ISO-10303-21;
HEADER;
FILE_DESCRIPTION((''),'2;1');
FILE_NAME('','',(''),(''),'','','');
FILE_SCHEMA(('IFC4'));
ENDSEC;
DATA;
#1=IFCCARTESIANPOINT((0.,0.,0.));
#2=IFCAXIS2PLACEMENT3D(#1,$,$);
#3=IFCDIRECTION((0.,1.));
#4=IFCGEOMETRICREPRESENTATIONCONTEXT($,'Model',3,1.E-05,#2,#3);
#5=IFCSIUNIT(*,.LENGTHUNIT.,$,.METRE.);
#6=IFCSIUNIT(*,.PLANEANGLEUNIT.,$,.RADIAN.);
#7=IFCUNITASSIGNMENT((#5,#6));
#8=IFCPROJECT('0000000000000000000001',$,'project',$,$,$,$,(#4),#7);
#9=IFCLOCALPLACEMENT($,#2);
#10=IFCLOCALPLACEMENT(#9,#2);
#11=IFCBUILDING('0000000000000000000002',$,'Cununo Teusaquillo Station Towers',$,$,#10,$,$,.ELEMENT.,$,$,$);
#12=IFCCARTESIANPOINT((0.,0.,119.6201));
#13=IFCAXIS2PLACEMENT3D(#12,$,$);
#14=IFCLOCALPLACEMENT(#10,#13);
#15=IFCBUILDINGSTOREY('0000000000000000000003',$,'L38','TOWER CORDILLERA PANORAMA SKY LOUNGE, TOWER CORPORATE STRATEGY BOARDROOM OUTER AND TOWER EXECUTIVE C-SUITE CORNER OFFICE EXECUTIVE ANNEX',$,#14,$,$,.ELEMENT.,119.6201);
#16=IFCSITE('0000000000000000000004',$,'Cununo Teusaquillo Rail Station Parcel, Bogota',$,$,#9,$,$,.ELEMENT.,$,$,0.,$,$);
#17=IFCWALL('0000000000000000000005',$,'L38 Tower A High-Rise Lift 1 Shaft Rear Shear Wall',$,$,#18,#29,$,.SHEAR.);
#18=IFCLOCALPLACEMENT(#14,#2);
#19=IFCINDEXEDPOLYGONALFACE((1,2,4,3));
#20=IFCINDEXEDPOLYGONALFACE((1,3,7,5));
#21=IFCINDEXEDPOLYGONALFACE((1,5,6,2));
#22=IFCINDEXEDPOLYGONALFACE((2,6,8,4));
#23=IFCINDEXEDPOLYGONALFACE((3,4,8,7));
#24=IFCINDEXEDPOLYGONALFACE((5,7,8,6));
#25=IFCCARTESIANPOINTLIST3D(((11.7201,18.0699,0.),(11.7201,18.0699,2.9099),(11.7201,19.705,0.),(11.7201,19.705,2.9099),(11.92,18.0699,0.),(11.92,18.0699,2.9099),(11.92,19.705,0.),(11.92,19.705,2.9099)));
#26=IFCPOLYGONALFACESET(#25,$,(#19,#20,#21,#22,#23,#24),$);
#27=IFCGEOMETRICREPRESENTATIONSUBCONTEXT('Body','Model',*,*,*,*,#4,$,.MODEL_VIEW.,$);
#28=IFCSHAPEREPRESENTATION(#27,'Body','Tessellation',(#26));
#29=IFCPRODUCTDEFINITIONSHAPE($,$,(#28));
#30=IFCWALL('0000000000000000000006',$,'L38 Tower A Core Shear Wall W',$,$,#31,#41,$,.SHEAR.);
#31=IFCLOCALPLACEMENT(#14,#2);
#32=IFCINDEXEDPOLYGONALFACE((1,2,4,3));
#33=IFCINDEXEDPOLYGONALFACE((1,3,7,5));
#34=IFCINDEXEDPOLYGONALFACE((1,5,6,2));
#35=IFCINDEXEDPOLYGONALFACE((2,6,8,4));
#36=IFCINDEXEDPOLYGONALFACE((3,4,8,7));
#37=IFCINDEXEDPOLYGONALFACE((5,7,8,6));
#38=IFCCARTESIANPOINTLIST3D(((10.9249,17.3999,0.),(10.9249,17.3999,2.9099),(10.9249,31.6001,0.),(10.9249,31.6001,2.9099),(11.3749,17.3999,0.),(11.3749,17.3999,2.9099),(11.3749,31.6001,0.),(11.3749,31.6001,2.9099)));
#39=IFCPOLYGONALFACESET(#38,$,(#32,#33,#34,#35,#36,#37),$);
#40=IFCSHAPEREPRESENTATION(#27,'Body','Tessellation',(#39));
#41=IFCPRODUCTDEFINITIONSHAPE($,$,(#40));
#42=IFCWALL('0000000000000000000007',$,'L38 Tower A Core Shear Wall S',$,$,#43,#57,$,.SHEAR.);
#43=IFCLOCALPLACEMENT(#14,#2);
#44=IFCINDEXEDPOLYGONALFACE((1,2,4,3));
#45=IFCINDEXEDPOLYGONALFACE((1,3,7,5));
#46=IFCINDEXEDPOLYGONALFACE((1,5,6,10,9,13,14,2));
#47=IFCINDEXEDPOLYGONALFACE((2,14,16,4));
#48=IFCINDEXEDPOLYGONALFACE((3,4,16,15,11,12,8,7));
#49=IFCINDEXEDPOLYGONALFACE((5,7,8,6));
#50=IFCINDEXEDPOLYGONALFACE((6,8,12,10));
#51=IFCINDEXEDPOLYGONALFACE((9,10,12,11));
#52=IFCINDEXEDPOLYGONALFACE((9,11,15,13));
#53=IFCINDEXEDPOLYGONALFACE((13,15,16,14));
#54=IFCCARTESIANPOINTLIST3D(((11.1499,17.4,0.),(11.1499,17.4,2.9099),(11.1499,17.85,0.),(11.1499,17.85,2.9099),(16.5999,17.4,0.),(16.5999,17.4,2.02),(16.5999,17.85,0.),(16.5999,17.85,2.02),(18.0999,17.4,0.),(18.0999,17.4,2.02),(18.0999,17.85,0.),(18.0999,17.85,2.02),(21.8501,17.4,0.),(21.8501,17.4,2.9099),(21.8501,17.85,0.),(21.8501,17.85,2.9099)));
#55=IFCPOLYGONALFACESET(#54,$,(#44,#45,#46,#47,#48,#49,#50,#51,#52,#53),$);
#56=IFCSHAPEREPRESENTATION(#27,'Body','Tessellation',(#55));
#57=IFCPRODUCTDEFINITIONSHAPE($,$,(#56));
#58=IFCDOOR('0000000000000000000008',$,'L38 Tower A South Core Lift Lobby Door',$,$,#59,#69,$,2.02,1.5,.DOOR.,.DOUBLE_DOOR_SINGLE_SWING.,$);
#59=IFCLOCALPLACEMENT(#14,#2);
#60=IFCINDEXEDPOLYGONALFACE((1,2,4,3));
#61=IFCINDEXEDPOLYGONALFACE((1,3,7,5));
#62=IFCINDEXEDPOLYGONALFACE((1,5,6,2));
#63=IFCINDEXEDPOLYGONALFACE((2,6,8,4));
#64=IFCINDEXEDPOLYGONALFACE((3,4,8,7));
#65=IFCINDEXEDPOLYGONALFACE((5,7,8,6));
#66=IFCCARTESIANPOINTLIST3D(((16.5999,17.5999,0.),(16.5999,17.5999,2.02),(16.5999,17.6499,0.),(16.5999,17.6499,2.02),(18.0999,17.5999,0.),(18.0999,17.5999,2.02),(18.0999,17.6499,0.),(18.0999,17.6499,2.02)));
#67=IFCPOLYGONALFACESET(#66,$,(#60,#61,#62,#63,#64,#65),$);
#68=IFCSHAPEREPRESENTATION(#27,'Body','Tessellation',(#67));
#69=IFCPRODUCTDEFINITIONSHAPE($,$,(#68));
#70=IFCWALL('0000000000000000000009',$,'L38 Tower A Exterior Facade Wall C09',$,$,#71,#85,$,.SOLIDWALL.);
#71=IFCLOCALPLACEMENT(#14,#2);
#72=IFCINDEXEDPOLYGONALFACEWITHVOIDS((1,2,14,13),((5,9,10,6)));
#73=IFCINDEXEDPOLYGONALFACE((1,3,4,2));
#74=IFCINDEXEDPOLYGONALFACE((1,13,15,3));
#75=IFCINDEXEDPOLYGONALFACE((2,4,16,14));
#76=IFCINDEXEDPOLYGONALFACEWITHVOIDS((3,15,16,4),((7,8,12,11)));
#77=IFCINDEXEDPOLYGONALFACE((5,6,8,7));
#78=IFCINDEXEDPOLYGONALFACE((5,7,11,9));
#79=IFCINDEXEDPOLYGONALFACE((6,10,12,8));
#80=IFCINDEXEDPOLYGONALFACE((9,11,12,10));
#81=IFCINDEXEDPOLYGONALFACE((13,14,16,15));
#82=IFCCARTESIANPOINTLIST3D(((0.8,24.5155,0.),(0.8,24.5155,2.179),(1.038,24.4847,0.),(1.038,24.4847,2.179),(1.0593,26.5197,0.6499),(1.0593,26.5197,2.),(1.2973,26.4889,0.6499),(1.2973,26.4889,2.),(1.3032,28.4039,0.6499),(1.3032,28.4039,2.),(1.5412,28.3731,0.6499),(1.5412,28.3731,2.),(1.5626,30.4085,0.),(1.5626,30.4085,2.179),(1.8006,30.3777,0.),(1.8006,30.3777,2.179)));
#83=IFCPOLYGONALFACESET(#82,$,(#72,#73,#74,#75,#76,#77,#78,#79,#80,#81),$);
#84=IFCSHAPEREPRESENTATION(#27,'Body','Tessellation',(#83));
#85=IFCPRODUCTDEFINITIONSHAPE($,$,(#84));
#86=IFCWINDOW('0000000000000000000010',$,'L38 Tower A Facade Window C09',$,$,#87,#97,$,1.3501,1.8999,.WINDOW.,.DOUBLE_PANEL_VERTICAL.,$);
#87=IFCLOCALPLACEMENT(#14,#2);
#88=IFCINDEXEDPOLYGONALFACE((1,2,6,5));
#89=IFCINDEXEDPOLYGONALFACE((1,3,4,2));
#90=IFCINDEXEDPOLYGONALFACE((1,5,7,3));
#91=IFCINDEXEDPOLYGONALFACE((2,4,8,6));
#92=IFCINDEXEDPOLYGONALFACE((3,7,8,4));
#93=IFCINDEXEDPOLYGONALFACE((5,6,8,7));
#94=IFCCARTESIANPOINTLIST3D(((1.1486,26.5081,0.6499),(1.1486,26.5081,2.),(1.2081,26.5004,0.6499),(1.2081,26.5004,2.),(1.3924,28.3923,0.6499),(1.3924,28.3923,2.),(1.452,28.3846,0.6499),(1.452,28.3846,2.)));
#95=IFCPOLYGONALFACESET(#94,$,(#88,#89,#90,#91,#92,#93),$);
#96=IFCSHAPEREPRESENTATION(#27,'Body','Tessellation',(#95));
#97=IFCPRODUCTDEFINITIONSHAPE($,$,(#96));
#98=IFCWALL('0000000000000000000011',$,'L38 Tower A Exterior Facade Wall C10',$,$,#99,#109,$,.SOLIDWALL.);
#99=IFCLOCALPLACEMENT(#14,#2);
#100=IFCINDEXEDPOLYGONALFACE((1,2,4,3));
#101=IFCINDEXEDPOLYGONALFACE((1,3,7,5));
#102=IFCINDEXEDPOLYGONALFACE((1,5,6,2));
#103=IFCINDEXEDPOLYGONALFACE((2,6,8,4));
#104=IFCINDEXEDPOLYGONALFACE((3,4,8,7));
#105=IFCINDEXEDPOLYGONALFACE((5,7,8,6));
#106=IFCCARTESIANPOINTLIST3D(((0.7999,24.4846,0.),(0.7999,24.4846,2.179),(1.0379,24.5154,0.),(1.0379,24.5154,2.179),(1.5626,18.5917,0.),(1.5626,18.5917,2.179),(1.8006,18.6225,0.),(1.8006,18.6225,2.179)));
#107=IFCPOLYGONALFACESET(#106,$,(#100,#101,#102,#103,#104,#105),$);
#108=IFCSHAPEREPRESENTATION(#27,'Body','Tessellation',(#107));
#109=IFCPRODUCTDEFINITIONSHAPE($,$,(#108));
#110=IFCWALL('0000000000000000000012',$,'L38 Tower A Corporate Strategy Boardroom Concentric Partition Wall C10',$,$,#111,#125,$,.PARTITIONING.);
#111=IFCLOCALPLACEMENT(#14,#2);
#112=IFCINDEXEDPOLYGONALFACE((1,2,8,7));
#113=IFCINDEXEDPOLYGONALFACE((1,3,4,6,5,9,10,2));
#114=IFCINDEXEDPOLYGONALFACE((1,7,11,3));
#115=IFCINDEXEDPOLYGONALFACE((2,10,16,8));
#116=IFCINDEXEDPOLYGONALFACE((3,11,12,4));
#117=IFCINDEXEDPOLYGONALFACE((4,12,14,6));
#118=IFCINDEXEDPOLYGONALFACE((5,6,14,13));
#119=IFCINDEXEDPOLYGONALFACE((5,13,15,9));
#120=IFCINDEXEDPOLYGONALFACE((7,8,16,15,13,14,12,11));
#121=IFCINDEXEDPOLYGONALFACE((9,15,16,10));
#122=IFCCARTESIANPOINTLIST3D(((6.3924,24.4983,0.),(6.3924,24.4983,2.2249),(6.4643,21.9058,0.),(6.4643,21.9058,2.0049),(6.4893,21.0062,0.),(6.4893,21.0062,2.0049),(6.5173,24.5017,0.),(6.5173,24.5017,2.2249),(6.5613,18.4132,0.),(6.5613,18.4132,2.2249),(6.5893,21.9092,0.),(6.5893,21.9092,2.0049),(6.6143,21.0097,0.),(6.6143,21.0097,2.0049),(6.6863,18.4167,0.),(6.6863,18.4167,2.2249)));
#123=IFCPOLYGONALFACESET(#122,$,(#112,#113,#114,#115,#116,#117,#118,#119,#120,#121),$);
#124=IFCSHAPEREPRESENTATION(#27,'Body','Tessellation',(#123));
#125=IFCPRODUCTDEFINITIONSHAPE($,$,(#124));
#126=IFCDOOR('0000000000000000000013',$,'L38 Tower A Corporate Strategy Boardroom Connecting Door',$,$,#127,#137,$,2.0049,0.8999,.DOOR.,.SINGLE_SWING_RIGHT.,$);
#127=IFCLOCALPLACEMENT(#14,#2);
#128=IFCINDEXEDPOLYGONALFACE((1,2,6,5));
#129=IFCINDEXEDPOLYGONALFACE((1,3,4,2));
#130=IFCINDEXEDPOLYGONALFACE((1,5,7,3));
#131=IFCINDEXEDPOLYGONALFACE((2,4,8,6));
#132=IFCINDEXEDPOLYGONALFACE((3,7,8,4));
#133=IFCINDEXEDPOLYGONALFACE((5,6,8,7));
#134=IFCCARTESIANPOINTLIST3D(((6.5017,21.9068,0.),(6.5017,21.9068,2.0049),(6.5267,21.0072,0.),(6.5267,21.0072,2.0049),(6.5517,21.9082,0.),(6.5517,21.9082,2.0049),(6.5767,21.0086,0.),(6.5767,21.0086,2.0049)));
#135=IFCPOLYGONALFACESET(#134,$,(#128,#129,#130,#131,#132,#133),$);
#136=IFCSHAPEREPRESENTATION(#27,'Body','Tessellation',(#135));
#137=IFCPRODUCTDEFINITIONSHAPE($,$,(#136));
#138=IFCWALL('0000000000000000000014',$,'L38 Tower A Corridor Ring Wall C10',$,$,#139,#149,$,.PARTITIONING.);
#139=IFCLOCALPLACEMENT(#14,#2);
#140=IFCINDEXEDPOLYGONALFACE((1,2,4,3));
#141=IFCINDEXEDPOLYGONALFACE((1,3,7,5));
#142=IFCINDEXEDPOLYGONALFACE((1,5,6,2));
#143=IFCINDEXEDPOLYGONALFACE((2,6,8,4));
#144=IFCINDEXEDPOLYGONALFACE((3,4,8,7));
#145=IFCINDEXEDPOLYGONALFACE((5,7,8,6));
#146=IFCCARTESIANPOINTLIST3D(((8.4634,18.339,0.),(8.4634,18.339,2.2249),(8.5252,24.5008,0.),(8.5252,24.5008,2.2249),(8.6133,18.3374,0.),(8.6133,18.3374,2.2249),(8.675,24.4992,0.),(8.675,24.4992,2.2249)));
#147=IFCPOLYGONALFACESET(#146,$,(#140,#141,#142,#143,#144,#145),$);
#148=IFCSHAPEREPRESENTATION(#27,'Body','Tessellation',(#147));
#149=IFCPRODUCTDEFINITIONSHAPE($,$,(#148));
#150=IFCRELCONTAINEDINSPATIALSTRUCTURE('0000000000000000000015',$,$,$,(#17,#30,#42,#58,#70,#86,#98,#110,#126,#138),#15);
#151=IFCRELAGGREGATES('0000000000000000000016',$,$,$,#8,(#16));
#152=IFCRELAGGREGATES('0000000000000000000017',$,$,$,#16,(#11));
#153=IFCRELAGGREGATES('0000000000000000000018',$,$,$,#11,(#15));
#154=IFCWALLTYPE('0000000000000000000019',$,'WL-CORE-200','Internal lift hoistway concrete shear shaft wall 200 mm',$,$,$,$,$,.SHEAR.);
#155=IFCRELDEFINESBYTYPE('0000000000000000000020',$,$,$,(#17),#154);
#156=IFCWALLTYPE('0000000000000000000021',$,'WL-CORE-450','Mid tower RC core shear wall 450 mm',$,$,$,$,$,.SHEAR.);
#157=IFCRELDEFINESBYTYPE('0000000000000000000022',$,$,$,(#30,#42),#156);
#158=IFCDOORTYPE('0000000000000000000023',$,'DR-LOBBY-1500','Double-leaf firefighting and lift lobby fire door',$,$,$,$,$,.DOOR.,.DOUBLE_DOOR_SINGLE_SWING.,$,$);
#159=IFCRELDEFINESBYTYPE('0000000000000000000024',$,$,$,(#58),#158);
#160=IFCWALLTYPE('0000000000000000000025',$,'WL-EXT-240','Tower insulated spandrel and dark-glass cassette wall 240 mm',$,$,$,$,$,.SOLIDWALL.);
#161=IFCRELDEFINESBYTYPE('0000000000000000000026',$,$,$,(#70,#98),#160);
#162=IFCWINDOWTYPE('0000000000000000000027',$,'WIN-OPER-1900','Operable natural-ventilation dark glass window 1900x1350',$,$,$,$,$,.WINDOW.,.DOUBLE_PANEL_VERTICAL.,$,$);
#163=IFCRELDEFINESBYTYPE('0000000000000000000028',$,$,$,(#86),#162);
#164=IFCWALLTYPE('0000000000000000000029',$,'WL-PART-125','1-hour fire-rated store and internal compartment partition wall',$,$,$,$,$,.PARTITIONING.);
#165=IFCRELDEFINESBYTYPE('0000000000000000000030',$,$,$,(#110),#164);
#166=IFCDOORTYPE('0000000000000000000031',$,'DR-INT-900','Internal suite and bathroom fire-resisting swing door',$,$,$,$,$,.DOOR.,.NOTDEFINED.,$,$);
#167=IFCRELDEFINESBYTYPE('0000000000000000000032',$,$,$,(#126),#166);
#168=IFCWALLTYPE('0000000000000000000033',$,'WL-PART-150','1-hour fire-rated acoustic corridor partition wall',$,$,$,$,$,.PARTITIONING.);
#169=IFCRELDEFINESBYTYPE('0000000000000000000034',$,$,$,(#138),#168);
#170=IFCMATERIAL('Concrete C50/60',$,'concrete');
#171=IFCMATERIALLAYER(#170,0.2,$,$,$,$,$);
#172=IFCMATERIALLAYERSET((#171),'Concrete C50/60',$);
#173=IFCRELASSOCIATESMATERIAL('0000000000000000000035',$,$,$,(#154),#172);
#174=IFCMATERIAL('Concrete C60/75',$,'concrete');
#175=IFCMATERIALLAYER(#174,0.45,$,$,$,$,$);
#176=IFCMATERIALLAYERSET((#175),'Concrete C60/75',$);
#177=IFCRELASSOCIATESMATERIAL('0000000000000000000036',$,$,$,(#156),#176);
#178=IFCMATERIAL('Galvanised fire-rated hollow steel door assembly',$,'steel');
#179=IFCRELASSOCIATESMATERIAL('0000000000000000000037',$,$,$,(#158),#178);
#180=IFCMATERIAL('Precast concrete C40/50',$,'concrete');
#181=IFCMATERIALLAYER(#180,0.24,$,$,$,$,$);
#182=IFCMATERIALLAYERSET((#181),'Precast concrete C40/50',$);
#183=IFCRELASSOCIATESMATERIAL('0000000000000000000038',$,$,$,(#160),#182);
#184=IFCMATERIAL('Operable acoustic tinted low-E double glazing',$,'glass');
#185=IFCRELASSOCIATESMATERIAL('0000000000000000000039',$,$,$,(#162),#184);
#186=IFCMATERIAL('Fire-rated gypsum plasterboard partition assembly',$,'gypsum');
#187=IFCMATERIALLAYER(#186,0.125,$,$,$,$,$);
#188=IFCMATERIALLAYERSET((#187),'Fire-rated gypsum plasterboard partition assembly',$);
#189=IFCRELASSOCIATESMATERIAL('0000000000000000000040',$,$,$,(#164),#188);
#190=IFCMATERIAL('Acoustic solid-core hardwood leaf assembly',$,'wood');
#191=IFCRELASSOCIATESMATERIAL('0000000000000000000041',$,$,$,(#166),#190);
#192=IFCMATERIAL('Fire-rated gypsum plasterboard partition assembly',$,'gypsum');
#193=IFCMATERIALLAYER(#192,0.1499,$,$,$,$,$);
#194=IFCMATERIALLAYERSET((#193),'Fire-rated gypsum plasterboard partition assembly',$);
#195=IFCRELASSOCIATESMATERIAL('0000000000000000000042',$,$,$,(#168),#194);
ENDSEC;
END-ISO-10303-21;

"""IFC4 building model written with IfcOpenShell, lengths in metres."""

from ifc_helpers import new_model, si_unit, direction, frame, frame_2d, origin, place, context, subcontext, project, spatial, rectangle, extrude, source, transform, mapped, material, layer, layer_set, type_object, element, fill, save


model = new_model("IFC4")

# Units and contexts
model_context = context("Model", 3, precision=1e-05, world=origin(), true_north=direction((0.0, 1.0)))
body_context = subcontext(model_context, "Body", "Model", "MODEL_VIEW")
ifc_project = project(units=[si_unit("LENGTHUNIT", "METRE"), si_unit("PLANEANGLEUNIT", "RADIAN")], contexts=[model_context])

# Site, building, storey
site_placement = place(None, origin())
site = spatial("IfcSite", under=ifc_project, at=site_placement, Name="Cununo Teusaquillo Rail Station Parcel, Bogota", CompositionType="ELEMENT", RefElevation=0.0)
building_placement = place(site_placement, origin())
building = spatial("IfcBuilding", under=site, at=building_placement, Name="Cununo Teusaquillo Station Towers", CompositionType="ELEMENT")
storey_placement = place(building_placement, frame((0.0, 0.0, 119.6201)))
storey = spatial("IfcBuildingStorey", under=building, at=storey_placement, Name="L38", Description="TOWER CORDILLERA PANORAMA SKY LOUNGE, TOWER CORPORATE STRATEGY BOARDROOM OUTER AND TOWER EXECUTIVE C-SUITE CORNER OFFICE EXECUTIVE ANNEX", CompositionType="ELEMENT", Elevation=119.6201)

# Walls
ifc_material_1 = material(Name="Concrete C50/60", Category="concrete")
ifc_layer_1 = layer(ifc_material_1, 0.2)
ifc_layer_set_1 = layer_set([ifc_layer_1], Name="Concrete C50/60")
wall_type_1 = type_object("IfcWallType", Name="WL-CORE-200", Description="Internal lift hoistway concrete shear shaft wall 200 mm", PredefinedType="SHEAR", material=ifc_layer_set_1)
wall_1_placement = place(storey_placement, frame((11.8201, 18.0701, 0.0), z_axis=(0.0, 0.0, 1.0), x_axis=(0.0, 1.0, 0.0)))
element("IfcWall", 1, at=wall_1_placement, inside=storey, type_object=wall_type_1, Name="L38 Tower A High-Rise Lift 1 Shaft Rear Shear Wall", PredefinedType="SHEAR", context=body_context, shape_type="SweptSolid", body=[
    extrude(rectangle(XDim=1.635, YDim=0.2, at=frame_2d((0.8174, 0.0))), origin(), (0.0, 0.0, 1.0), 2.9099),
])
ifc_material_2 = material(Name="Concrete C60/75", Category="concrete")
ifc_layer_2 = layer(ifc_material_2, 0.45)
ifc_layer_set_2 = layer_set([ifc_layer_2], Name="Concrete C60/75")
wall_type_2 = type_object("IfcWallType", Name="WL-CORE-450", Description="Mid tower RC core shear wall 450 mm", PredefinedType="SHEAR", material=ifc_layer_set_2)
wall_2_placement = place(storey_placement, frame((11.1499, 17.3999, 0.0), z_axis=(0.0, 0.0, 1.0), x_axis=(0.0, 1.0, 0.0)))
element("IfcWall", 2, at=wall_2_placement, inside=storey, type_object=wall_type_2, Name="L38 Tower A Core Shear Wall W", PredefinedType="SHEAR", context=body_context, shape_type="SweptSolid", body=[
    extrude(rectangle(XDim=14.2002, YDim=0.45, at=frame_2d((7.1001, 0.0))), origin(), (0.0, 0.0, 1.0), 2.9099),
])

# Wall, opening, door
wall_3_placement = place(storey_placement, frame((11.1499, 17.625, 0.0), z_axis=(0.0, 0.0, 1.0), x_axis=(1.0, 0.0, 0.0)))
wall_3 = element("IfcWall", 3, at=wall_3_placement, inside=storey, type_object=wall_type_2, Name="L38 Tower A Core Shear Wall S", PredefinedType="SHEAR", context=body_context, shape_type="SweptSolid", body=[
    extrude(rectangle(XDim=10.7002, YDim=0.45, at=frame_2d((5.3501, 0.0))), origin(), (0.0, 0.0, 1.0), 2.9099),
])
shared_shape_1 = source(origin(), body_context, "Body", "SweptSolid", [
    extrude(rectangle(XDim=1.5, YDim=2.02, at=frame_2d((0.75, 1.01))), frame((0.0, 0.2349, 0.0), z_axis=(0.0, -1.0, 0.0), x_axis=(1.0, 0.0, 0.0)), (0.0, 0.0, 1.0), 0.47),
])
opening_1_placement = place(wall_3_placement, frame((5.45, 0.0, 0.0)))
opening_1 = element("IfcOpeningElement", 4, at=opening_1_placement, cuts=wall_3, PredefinedType="OPENING", context=body_context, shape_type="MappedRepresentation", body=[
    mapped(shared_shape_1, transform((0.0, 0.0, 0.0), x_axis=(1.0, 0.0, 0.0), y_axis=(0.0, 1.0, 0.0), z_axis=(0.0, 0.0, 1.0), scale=1.0)),
])
ifc_material_3 = material(Name="Galvanised fire-rated hollow steel door assembly", Category="steel")
door_type_1 = type_object("IfcDoorType", Name="DR-LOBBY-1500", Description="Double-leaf firefighting and lift lobby fire door", OperationType="DOUBLE_DOOR_SINGLE_SWING", PredefinedType="DOOR", material=ifc_material_3)
shared_shape_2 = source(origin(), body_context, "Body", "SweptSolid", [
    extrude(rectangle(XDim=1.5, YDim=2.02, at=frame_2d((0.75, 1.01))), frame((0.0, 0.0249, 0.0), z_axis=(0.0, -1.0, 0.0), x_axis=(1.0, 0.0, 0.0)), (0.0, 0.0, 1.0), 0.05),
])
door_1_placement = place(opening_1_placement, origin())
door_1 = element("IfcDoor", 5, at=door_1_placement, inside=storey, type_object=door_type_1, Name="L38 Tower A South Core Lift Lobby Door", OperationType="DOUBLE_DOOR_SINGLE_SWING", OverallHeight=2.02, OverallWidth=1.5, PredefinedType="DOOR", context=body_context, shape_type="MappedRepresentation", body=[
    mapped(shared_shape_2, transform((0.0, 0.0, 0.0), x_axis=(1.0, 0.0, 0.0), y_axis=(0.0, 1.0, 0.0), z_axis=(0.0, 0.0, 1.0), scale=1.0)),
])
fill(opening_1, door_1)

# Wall, opening, window
ifc_material_4 = material(Name="Precast concrete C40/50", Category="concrete")
ifc_layer_3 = layer(ifc_material_4, 0.24)
ifc_layer_set_3 = layer_set([ifc_layer_3], Name="Precast concrete C40/50")
wall_type_3 = type_object("IfcWallType", Name="WL-EXT-240", Description="Tower insulated spandrel and dark-glass cassette wall 240 mm", PredefinedType="SOLIDWALL", material=ifc_layer_set_3)
wall_4_placement = place(storey_placement, frame((0.9189, 24.5, 0.0), z_axis=(0.0, 0.0, 1.0), x_axis=(0.128352, 0.991729, 0.0)))
wall_4 = element("IfcWall", 6, at=wall_4_placement, inside=storey, type_object=wall_type_3, Name="L38 Tower A Exterior Facade Wall C09", PredefinedType="SOLIDWALL", context=body_context, shape_type="SweptSolid", body=[
    extrude(rectangle(XDim=5.9421, YDim=0.24, at=frame_2d((2.9712, 0.0))), origin(), (0.0, 0.0, 1.0), 2.179),
])
shared_shape_3 = source(origin(), body_context, "Body", "SweptSolid", [
    extrude(rectangle(XDim=1.8999, YDim=1.3501, at=frame_2d((0.95, 0.675))), frame((0.0, 0.1299, 0.0), z_axis=(0.0, -1.0, 0.0), x_axis=(1.0, 0.0, 0.0)), (0.0, 0.0, 1.0), 0.26),
])
opening_2_placement = place(wall_4_placement, frame((2.021, 0.0, 0.6499)))
opening_2 = element("IfcOpeningElement", 7, at=opening_2_placement, cuts=wall_4, PredefinedType="OPENING", context=body_context, shape_type="MappedRepresentation", body=[
    mapped(shared_shape_3, transform((0.0, 0.0, 0.0), x_axis=(1.0, 0.0, 0.0), y_axis=(0.0, 1.0, 0.0), z_axis=(0.0, 0.0, 1.0), scale=1.0)),
])
ifc_material_5 = material(Name="Operable acoustic tinted low-E double glazing", Category="glass")
window_type = type_object("IfcWindowType", Name="WIN-OPER-1900", Description="Operable natural-ventilation dark glass window 1900x1350", PartitioningType="DOUBLE_PANEL_VERTICAL", PredefinedType="WINDOW", material=ifc_material_5)
shared_shape_4 = source(origin(), body_context, "Body", "SweptSolid", [
    extrude(rectangle(XDim=1.8999, YDim=1.3501, at=frame_2d((0.95, 0.675))), frame((0.0, 0.03, 0.0), z_axis=(0.0, -1.0, 0.0), x_axis=(1.0, 0.0, 0.0)), (0.0, 0.0, 1.0), 0.0601),
])
window_placement = place(opening_2_placement, origin())
window = element("IfcWindow", 8, at=window_placement, inside=storey, type_object=window_type, Name="L38 Tower A Facade Window C09", OverallHeight=1.3501, OverallWidth=1.8999, PartitioningType="DOUBLE_PANEL_VERTICAL", PredefinedType="WINDOW", context=body_context, shape_type="MappedRepresentation", body=[
    mapped(shared_shape_4, transform((0.0, 0.0, 0.0), x_axis=(1.0, 0.0, 0.0), y_axis=(0.0, 1.0, 0.0), z_axis=(0.0, 0.0, 1.0), scale=1.0)),
])
fill(opening_2, window)

# Wall
wall_5_placement = place(storey_placement, frame((1.6816, 18.6069, 0.0), z_axis=(0.0, 0.0, 1.0), x_axis=(-0.128352, 0.991729, 0.0)))
element("IfcWall", 9, at=wall_5_placement, inside=storey, type_object=wall_type_3, Name="L38 Tower A Exterior Facade Wall C10", PredefinedType="SOLIDWALL", context=body_context, shape_type="SweptSolid", body=[
    extrude(rectangle(XDim=5.9421, YDim=0.24, at=frame_2d((2.9712, 0.0))), origin(), (0.0, 0.0, 1.0), 2.179),
])

# Wall, opening, door
ifc_material_6 = material(Name="Fire-rated gypsum plasterboard partition assembly", Category="gypsum")
ifc_layer_4 = layer(ifc_material_6, 0.125)
ifc_layer_set_4 = layer_set([ifc_layer_4], Name="Fire-rated gypsum plasterboard partition assembly")
wall_type_4 = type_object("IfcWallType", Name="WL-PART-125", Description="1-hour fire-rated store and internal compartment partition wall", PredefinedType="PARTITIONING", material=ifc_layer_set_4)
wall_6_placement = place(storey_placement, frame((6.4548, 24.5, 0.0), z_axis=(0.0, 0.0, 1.0), x_axis=(0.027754, -0.999615, 0.0)))
wall_6 = element("IfcWall", 10, at=wall_6_placement, inside=storey, type_object=wall_type_4, Name="L38 Tower A Corporate Strategy Boardroom Concentric Partition Wall C10", PredefinedType="PARTITIONING", context=body_context, shape_type="SweptSolid", body=[
    extrude(rectangle(XDim=6.0874, YDim=0.125, at=frame_2d((3.0437, 0.0))), origin(), (0.0, 0.0, 1.0), 2.2249),
])
shared_shape_5 = source(origin(), body_context, "Body", "SweptSolid", [
    extrude(rectangle(XDim=0.8999, YDim=2.0049, at=frame_2d((0.45, 1.0024))), frame((0.0, 0.0725, 0.0), z_axis=(0.0, -1.0, 0.0), x_axis=(1.0, 0.0, 0.0)), (0.0, 0.0, 1.0), 0.145),
])
opening_3_placement = place(wall_6_placement, frame((2.5935, 0.0, 0.0)))
opening_3 = element("IfcOpeningElement", 11, at=opening_3_placement, cuts=wall_6, PredefinedType="OPENING", context=body_context, shape_type="MappedRepresentation", body=[
    mapped(shared_shape_5, transform((0.0, 0.0, 0.0), x_axis=(1.0, 0.0, 0.0), y_axis=(0.0, 1.0, 0.0), z_axis=(0.0, 0.0, 1.0), scale=1.0)),
])
ifc_material_7 = material(Name="Acoustic solid-core hardwood leaf assembly", Category="wood")
door_type_2 = type_object("IfcDoorType", Name="DR-INT-900", Description="Internal suite and bathroom fire-resisting swing door", OperationType="NOTDEFINED", PredefinedType="DOOR", material=ifc_material_7)
shared_shape_6 = source(origin(), body_context, "Body", "SweptSolid", [
    extrude(rectangle(XDim=0.8999, YDim=2.0049, at=frame_2d((0.45, 1.0024))), frame((0.0, 0.0249, 0.0), z_axis=(0.0, -1.0, 0.0), x_axis=(1.0, 0.0, 0.0)), (0.0, 0.0, 1.0), 0.05),
])
door_2_placement = place(opening_3_placement, origin())
door_2 = element("IfcDoor", 12, at=door_2_placement, inside=storey, type_object=door_type_2, Name="L38 Tower A Corporate Strategy Boardroom Connecting Door", OperationType="SINGLE_SWING_RIGHT", OverallHeight=2.0049, OverallWidth=0.8999, PredefinedType="DOOR", context=body_context, shape_type="MappedRepresentation", body=[
    mapped(shared_shape_6, transform((0.0, 0.0, 0.0), x_axis=(1.0, 0.0, 0.0), y_axis=(0.0, 1.0, 0.0), z_axis=(0.0, 0.0, 1.0), scale=1.0)),
])
fill(opening_3, door_2)

# Wall
ifc_material_8 = material(Name="Fire-rated gypsum plasterboard partition assembly", Category="gypsum")
ifc_layer_5 = layer(ifc_material_8, 0.1499)
ifc_layer_set_5 = layer_set([ifc_layer_5], Name="Fire-rated gypsum plasterboard partition assembly")
wall_type_5 = type_object("IfcWallType", Name="WL-PART-150", Description="1-hour fire-rated acoustic corridor partition wall", PredefinedType="PARTITIONING", material=ifc_layer_set_5)
wall_7_placement = place(storey_placement, frame((8.6001, 24.5, 0.0), z_axis=(0.0, 0.0, 1.0), x_axis=(-0.010024, -0.99995, 0.0)))
element("IfcWall", 13, at=wall_7_placement, inside=storey, type_object=wall_type_5, Name="L38 Tower A Corridor Ring Wall C10", PredefinedType="PARTITIONING", context=body_context, shape_type="SweptSolid", body=[
    extrude(rectangle(XDim=6.1621, YDim=0.1499, at=frame_2d((3.0811, 0.0))), origin(), (0.0, 0.0, 1.0), 2.2249),
])

save(model, "model.ifc")
